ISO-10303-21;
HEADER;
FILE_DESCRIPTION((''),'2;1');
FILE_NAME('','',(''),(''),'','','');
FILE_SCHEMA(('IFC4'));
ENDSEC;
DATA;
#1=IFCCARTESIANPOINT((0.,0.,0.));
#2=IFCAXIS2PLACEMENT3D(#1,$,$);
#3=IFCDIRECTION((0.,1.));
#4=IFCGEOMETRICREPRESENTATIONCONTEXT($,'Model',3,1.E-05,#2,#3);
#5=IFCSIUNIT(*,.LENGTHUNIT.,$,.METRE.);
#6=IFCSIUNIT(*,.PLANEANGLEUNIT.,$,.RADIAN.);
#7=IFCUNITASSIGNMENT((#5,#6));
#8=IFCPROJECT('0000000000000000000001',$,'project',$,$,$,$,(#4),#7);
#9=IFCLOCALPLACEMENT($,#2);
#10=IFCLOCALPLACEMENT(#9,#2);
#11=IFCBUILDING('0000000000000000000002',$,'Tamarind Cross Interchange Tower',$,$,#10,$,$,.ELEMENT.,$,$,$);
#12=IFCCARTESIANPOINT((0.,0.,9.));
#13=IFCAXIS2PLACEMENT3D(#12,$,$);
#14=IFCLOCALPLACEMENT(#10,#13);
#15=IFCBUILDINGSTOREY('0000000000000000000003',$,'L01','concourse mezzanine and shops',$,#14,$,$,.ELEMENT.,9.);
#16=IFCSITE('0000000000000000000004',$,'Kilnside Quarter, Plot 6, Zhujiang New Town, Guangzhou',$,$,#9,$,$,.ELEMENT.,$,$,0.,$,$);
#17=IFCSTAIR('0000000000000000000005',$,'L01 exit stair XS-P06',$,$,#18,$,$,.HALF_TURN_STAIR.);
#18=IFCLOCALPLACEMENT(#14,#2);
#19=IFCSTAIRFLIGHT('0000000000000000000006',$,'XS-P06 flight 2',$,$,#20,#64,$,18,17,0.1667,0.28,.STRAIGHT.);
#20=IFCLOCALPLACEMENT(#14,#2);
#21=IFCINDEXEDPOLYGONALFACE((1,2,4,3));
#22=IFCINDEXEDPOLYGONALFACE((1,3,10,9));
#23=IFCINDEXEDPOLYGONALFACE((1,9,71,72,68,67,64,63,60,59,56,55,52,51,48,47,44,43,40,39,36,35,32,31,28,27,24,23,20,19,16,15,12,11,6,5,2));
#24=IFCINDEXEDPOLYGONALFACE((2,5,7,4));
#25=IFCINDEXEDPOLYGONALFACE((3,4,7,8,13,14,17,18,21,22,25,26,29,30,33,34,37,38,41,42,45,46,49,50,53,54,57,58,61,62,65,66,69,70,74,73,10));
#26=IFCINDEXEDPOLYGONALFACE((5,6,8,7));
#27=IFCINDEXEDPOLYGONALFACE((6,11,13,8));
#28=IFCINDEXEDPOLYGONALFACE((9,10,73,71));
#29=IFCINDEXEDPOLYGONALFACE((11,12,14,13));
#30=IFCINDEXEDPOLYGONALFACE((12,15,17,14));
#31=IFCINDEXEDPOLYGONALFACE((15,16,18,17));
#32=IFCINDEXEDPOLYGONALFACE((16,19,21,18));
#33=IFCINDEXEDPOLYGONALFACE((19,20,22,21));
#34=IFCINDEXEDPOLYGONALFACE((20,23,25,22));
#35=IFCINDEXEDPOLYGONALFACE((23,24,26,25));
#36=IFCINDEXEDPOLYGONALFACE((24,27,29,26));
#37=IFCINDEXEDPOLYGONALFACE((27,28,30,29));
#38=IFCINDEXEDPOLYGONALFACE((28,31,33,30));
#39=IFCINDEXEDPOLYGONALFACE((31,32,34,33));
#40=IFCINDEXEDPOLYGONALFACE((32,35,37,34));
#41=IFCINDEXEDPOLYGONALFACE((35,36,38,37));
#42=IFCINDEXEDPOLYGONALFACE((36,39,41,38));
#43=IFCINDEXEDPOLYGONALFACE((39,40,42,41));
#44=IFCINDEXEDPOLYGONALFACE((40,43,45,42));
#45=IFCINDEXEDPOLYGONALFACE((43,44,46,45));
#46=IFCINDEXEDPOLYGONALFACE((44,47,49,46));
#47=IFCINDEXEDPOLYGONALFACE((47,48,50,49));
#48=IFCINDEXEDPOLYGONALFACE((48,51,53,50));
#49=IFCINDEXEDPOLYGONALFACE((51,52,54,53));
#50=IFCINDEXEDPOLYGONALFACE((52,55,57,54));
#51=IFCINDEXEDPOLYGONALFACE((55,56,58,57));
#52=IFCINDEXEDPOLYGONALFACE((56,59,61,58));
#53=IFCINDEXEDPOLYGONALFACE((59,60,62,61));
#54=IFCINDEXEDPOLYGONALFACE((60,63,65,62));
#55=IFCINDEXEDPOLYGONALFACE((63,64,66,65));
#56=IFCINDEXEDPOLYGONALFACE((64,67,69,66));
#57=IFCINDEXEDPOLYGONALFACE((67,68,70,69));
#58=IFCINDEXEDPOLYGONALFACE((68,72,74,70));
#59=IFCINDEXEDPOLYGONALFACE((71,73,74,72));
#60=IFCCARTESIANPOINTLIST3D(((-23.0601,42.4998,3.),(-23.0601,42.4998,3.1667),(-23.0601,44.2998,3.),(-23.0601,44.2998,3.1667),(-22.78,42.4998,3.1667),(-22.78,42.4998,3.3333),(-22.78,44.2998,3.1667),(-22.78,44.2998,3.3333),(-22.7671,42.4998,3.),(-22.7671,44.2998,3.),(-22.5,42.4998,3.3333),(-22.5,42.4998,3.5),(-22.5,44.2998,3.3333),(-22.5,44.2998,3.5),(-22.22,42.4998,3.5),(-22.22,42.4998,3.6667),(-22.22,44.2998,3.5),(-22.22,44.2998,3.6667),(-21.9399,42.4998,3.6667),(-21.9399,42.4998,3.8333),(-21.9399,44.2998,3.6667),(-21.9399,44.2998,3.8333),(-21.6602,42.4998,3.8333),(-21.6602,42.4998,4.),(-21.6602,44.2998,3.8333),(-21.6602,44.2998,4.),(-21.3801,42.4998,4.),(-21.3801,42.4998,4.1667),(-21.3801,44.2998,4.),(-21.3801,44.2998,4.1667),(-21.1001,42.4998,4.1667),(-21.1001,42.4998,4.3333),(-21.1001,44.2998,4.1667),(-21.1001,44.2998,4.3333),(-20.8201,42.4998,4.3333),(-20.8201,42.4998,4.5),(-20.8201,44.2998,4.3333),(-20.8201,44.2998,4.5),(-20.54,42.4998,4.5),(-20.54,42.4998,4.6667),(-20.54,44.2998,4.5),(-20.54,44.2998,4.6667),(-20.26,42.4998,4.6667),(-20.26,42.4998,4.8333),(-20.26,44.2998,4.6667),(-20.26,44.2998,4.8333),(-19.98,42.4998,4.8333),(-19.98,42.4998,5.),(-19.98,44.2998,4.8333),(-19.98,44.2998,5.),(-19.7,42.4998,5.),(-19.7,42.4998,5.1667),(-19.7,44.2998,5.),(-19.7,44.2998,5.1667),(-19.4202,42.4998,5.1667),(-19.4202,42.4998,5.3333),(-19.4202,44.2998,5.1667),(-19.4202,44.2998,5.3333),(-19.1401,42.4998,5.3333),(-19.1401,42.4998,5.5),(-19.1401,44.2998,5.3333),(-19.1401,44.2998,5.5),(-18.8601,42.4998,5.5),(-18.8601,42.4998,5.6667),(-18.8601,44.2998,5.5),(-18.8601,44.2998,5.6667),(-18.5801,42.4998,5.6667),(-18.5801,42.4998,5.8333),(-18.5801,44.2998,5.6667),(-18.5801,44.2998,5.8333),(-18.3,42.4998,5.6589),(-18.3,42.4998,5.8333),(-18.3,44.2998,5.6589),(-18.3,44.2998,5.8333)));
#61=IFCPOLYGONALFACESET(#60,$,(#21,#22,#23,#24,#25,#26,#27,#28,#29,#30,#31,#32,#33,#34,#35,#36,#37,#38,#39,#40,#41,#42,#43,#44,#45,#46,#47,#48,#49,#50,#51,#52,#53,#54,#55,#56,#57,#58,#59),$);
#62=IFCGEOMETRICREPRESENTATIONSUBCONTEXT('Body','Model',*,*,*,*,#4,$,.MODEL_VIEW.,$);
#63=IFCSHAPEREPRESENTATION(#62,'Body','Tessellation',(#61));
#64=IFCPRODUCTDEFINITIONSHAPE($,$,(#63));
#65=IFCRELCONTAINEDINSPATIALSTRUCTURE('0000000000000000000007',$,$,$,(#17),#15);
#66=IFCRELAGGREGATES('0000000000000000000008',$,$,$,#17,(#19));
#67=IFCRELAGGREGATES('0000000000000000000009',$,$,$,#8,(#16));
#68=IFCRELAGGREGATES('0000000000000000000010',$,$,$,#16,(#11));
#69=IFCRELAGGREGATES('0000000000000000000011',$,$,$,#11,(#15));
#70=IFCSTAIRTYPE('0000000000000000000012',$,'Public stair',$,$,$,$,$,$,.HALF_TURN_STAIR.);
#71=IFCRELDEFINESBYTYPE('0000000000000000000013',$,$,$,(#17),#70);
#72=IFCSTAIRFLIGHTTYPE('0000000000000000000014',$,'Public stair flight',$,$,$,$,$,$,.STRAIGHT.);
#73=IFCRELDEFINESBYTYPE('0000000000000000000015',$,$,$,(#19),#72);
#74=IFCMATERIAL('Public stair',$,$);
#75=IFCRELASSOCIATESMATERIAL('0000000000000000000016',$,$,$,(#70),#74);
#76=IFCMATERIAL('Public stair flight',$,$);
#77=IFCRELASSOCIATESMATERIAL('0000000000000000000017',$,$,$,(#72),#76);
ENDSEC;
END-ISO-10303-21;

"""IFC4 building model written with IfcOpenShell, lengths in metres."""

from ifc_helpers import new_model, si_unit, direction, frame, origin, place, context, subcontext, project, spatial, polyline, outline, extrude, material, type_object, element, aggregate, save


model = new_model("IFC4")

# Units and contexts
model_context = context("Model", 3, precision=1e-05, world=origin(), true_north=direction((0.0, 1.0)))
body_context = subcontext(model_context, "Body", "Model", "MODEL_VIEW")
ifc_project = project(units=[si_unit("LENGTHUNIT", "METRE"), si_unit("PLANEANGLEUNIT", "RADIAN")], contexts=[model_context])

# Site, building, storey
site_placement = place(None, origin())
site = spatial("IfcSite", under=ifc_project, at=site_placement, Name="Kilnside Quarter, Plot 6, Zhujiang New Town, Guangzhou", CompositionType="ELEMENT", RefElevation=0.0)
building_placement = place(site_placement, origin())
building = spatial("IfcBuilding", under=site, at=building_placement, Name="Tamarind Cross Interchange Tower", CompositionType="ELEMENT")
storey_placement = place(building_placement, frame((0.0, 0.0, 9.0)))
storey = spatial("IfcBuildingStorey", under=building, at=storey_placement, Name="L01", Description="concourse mezzanine and shops", CompositionType="ELEMENT", Elevation=9.0)

# Stair, stair flight
ifc_material_1 = material(Name="Public stair")
stair_type = type_object("IfcStairType", Name="Public stair", PredefinedType="HALF_TURN_STAIR", material=ifc_material_1)
ifc_material_2 = material(Name="Public stair flight")
stair_flight_type = type_object("IfcStairFlightType", Name="Public stair flight", PredefinedType="STRAIGHT", material=ifc_material_2)
stair_1_placement = place(storey_placement, origin())
stair_1 = element("IfcStair", 1, at=stair_1_placement, inside=storey, type_object=stair_type, Name="L01 exit stair XS-P06", PredefinedType="HALF_TURN_STAIR")
stair_flight_1_placement = place(storey_placement, frame((-23.0601, 43.3999, 3.0), z_axis=(0.0, 0.0, 1.0), x_axis=(1.0, 0.0, 0.0)))
stair_flight_1 = element("IfcStairFlight", 2, at=stair_flight_1_placement, type_object=stair_flight_type, Name="XS-P06 flight 2", NumberOfRisers=18, NumberOfTreads=17, PredefinedType="STRAIGHT", RiserHeight=0.1667, TreadLength=0.28, context=body_context, shape_type="SweptSolid", body=[
    extrude(outline(polyline([(0.0, 0.0), (0.0, 0.1667), (0.28, 0.1667), (0.28, 0.3333), (0.5601, 0.3333), (0.5601, 0.5), (0.8401, 0.5), (0.8401, 0.6667), (1.1201, 0.6667), (1.1201, 0.8333), (1.3999, 0.8333), (1.3999, 1.0), (1.6799, 1.0), (1.6799, 1.1667), (1.96, 1.1667), (1.96, 1.3333), (2.24, 1.3333), (2.24, 1.5), (2.52, 1.5), (2.52, 1.6667), (2.8, 1.6667), (2.8, 1.8333), (3.0801, 1.8333), (3.0801, 2.0), (3.3601, 2.0), (3.3601, 2.1667), (3.6399, 2.1667), (3.6399, 2.3333), (3.9199, 2.3333), (3.9199, 2.5), (4.2, 2.5), (4.2, 2.6667), (4.48, 2.6667), (4.48, 2.8333), (4.76, 2.8333), (4.76, 3.0), (4.76, 2.6589), (0.293, 0.0), (0.0, 0.0)])), frame((0.0, 0.8999, 0.0), z_axis=(0.0, -1.0, 0.0), x_axis=(1.0, 0.0, 0.0)), (0.0, 0.0, 1.0), 1.8),
])
aggregate(stair_1, [stair_flight_1])

save(model, "model.ifc")
